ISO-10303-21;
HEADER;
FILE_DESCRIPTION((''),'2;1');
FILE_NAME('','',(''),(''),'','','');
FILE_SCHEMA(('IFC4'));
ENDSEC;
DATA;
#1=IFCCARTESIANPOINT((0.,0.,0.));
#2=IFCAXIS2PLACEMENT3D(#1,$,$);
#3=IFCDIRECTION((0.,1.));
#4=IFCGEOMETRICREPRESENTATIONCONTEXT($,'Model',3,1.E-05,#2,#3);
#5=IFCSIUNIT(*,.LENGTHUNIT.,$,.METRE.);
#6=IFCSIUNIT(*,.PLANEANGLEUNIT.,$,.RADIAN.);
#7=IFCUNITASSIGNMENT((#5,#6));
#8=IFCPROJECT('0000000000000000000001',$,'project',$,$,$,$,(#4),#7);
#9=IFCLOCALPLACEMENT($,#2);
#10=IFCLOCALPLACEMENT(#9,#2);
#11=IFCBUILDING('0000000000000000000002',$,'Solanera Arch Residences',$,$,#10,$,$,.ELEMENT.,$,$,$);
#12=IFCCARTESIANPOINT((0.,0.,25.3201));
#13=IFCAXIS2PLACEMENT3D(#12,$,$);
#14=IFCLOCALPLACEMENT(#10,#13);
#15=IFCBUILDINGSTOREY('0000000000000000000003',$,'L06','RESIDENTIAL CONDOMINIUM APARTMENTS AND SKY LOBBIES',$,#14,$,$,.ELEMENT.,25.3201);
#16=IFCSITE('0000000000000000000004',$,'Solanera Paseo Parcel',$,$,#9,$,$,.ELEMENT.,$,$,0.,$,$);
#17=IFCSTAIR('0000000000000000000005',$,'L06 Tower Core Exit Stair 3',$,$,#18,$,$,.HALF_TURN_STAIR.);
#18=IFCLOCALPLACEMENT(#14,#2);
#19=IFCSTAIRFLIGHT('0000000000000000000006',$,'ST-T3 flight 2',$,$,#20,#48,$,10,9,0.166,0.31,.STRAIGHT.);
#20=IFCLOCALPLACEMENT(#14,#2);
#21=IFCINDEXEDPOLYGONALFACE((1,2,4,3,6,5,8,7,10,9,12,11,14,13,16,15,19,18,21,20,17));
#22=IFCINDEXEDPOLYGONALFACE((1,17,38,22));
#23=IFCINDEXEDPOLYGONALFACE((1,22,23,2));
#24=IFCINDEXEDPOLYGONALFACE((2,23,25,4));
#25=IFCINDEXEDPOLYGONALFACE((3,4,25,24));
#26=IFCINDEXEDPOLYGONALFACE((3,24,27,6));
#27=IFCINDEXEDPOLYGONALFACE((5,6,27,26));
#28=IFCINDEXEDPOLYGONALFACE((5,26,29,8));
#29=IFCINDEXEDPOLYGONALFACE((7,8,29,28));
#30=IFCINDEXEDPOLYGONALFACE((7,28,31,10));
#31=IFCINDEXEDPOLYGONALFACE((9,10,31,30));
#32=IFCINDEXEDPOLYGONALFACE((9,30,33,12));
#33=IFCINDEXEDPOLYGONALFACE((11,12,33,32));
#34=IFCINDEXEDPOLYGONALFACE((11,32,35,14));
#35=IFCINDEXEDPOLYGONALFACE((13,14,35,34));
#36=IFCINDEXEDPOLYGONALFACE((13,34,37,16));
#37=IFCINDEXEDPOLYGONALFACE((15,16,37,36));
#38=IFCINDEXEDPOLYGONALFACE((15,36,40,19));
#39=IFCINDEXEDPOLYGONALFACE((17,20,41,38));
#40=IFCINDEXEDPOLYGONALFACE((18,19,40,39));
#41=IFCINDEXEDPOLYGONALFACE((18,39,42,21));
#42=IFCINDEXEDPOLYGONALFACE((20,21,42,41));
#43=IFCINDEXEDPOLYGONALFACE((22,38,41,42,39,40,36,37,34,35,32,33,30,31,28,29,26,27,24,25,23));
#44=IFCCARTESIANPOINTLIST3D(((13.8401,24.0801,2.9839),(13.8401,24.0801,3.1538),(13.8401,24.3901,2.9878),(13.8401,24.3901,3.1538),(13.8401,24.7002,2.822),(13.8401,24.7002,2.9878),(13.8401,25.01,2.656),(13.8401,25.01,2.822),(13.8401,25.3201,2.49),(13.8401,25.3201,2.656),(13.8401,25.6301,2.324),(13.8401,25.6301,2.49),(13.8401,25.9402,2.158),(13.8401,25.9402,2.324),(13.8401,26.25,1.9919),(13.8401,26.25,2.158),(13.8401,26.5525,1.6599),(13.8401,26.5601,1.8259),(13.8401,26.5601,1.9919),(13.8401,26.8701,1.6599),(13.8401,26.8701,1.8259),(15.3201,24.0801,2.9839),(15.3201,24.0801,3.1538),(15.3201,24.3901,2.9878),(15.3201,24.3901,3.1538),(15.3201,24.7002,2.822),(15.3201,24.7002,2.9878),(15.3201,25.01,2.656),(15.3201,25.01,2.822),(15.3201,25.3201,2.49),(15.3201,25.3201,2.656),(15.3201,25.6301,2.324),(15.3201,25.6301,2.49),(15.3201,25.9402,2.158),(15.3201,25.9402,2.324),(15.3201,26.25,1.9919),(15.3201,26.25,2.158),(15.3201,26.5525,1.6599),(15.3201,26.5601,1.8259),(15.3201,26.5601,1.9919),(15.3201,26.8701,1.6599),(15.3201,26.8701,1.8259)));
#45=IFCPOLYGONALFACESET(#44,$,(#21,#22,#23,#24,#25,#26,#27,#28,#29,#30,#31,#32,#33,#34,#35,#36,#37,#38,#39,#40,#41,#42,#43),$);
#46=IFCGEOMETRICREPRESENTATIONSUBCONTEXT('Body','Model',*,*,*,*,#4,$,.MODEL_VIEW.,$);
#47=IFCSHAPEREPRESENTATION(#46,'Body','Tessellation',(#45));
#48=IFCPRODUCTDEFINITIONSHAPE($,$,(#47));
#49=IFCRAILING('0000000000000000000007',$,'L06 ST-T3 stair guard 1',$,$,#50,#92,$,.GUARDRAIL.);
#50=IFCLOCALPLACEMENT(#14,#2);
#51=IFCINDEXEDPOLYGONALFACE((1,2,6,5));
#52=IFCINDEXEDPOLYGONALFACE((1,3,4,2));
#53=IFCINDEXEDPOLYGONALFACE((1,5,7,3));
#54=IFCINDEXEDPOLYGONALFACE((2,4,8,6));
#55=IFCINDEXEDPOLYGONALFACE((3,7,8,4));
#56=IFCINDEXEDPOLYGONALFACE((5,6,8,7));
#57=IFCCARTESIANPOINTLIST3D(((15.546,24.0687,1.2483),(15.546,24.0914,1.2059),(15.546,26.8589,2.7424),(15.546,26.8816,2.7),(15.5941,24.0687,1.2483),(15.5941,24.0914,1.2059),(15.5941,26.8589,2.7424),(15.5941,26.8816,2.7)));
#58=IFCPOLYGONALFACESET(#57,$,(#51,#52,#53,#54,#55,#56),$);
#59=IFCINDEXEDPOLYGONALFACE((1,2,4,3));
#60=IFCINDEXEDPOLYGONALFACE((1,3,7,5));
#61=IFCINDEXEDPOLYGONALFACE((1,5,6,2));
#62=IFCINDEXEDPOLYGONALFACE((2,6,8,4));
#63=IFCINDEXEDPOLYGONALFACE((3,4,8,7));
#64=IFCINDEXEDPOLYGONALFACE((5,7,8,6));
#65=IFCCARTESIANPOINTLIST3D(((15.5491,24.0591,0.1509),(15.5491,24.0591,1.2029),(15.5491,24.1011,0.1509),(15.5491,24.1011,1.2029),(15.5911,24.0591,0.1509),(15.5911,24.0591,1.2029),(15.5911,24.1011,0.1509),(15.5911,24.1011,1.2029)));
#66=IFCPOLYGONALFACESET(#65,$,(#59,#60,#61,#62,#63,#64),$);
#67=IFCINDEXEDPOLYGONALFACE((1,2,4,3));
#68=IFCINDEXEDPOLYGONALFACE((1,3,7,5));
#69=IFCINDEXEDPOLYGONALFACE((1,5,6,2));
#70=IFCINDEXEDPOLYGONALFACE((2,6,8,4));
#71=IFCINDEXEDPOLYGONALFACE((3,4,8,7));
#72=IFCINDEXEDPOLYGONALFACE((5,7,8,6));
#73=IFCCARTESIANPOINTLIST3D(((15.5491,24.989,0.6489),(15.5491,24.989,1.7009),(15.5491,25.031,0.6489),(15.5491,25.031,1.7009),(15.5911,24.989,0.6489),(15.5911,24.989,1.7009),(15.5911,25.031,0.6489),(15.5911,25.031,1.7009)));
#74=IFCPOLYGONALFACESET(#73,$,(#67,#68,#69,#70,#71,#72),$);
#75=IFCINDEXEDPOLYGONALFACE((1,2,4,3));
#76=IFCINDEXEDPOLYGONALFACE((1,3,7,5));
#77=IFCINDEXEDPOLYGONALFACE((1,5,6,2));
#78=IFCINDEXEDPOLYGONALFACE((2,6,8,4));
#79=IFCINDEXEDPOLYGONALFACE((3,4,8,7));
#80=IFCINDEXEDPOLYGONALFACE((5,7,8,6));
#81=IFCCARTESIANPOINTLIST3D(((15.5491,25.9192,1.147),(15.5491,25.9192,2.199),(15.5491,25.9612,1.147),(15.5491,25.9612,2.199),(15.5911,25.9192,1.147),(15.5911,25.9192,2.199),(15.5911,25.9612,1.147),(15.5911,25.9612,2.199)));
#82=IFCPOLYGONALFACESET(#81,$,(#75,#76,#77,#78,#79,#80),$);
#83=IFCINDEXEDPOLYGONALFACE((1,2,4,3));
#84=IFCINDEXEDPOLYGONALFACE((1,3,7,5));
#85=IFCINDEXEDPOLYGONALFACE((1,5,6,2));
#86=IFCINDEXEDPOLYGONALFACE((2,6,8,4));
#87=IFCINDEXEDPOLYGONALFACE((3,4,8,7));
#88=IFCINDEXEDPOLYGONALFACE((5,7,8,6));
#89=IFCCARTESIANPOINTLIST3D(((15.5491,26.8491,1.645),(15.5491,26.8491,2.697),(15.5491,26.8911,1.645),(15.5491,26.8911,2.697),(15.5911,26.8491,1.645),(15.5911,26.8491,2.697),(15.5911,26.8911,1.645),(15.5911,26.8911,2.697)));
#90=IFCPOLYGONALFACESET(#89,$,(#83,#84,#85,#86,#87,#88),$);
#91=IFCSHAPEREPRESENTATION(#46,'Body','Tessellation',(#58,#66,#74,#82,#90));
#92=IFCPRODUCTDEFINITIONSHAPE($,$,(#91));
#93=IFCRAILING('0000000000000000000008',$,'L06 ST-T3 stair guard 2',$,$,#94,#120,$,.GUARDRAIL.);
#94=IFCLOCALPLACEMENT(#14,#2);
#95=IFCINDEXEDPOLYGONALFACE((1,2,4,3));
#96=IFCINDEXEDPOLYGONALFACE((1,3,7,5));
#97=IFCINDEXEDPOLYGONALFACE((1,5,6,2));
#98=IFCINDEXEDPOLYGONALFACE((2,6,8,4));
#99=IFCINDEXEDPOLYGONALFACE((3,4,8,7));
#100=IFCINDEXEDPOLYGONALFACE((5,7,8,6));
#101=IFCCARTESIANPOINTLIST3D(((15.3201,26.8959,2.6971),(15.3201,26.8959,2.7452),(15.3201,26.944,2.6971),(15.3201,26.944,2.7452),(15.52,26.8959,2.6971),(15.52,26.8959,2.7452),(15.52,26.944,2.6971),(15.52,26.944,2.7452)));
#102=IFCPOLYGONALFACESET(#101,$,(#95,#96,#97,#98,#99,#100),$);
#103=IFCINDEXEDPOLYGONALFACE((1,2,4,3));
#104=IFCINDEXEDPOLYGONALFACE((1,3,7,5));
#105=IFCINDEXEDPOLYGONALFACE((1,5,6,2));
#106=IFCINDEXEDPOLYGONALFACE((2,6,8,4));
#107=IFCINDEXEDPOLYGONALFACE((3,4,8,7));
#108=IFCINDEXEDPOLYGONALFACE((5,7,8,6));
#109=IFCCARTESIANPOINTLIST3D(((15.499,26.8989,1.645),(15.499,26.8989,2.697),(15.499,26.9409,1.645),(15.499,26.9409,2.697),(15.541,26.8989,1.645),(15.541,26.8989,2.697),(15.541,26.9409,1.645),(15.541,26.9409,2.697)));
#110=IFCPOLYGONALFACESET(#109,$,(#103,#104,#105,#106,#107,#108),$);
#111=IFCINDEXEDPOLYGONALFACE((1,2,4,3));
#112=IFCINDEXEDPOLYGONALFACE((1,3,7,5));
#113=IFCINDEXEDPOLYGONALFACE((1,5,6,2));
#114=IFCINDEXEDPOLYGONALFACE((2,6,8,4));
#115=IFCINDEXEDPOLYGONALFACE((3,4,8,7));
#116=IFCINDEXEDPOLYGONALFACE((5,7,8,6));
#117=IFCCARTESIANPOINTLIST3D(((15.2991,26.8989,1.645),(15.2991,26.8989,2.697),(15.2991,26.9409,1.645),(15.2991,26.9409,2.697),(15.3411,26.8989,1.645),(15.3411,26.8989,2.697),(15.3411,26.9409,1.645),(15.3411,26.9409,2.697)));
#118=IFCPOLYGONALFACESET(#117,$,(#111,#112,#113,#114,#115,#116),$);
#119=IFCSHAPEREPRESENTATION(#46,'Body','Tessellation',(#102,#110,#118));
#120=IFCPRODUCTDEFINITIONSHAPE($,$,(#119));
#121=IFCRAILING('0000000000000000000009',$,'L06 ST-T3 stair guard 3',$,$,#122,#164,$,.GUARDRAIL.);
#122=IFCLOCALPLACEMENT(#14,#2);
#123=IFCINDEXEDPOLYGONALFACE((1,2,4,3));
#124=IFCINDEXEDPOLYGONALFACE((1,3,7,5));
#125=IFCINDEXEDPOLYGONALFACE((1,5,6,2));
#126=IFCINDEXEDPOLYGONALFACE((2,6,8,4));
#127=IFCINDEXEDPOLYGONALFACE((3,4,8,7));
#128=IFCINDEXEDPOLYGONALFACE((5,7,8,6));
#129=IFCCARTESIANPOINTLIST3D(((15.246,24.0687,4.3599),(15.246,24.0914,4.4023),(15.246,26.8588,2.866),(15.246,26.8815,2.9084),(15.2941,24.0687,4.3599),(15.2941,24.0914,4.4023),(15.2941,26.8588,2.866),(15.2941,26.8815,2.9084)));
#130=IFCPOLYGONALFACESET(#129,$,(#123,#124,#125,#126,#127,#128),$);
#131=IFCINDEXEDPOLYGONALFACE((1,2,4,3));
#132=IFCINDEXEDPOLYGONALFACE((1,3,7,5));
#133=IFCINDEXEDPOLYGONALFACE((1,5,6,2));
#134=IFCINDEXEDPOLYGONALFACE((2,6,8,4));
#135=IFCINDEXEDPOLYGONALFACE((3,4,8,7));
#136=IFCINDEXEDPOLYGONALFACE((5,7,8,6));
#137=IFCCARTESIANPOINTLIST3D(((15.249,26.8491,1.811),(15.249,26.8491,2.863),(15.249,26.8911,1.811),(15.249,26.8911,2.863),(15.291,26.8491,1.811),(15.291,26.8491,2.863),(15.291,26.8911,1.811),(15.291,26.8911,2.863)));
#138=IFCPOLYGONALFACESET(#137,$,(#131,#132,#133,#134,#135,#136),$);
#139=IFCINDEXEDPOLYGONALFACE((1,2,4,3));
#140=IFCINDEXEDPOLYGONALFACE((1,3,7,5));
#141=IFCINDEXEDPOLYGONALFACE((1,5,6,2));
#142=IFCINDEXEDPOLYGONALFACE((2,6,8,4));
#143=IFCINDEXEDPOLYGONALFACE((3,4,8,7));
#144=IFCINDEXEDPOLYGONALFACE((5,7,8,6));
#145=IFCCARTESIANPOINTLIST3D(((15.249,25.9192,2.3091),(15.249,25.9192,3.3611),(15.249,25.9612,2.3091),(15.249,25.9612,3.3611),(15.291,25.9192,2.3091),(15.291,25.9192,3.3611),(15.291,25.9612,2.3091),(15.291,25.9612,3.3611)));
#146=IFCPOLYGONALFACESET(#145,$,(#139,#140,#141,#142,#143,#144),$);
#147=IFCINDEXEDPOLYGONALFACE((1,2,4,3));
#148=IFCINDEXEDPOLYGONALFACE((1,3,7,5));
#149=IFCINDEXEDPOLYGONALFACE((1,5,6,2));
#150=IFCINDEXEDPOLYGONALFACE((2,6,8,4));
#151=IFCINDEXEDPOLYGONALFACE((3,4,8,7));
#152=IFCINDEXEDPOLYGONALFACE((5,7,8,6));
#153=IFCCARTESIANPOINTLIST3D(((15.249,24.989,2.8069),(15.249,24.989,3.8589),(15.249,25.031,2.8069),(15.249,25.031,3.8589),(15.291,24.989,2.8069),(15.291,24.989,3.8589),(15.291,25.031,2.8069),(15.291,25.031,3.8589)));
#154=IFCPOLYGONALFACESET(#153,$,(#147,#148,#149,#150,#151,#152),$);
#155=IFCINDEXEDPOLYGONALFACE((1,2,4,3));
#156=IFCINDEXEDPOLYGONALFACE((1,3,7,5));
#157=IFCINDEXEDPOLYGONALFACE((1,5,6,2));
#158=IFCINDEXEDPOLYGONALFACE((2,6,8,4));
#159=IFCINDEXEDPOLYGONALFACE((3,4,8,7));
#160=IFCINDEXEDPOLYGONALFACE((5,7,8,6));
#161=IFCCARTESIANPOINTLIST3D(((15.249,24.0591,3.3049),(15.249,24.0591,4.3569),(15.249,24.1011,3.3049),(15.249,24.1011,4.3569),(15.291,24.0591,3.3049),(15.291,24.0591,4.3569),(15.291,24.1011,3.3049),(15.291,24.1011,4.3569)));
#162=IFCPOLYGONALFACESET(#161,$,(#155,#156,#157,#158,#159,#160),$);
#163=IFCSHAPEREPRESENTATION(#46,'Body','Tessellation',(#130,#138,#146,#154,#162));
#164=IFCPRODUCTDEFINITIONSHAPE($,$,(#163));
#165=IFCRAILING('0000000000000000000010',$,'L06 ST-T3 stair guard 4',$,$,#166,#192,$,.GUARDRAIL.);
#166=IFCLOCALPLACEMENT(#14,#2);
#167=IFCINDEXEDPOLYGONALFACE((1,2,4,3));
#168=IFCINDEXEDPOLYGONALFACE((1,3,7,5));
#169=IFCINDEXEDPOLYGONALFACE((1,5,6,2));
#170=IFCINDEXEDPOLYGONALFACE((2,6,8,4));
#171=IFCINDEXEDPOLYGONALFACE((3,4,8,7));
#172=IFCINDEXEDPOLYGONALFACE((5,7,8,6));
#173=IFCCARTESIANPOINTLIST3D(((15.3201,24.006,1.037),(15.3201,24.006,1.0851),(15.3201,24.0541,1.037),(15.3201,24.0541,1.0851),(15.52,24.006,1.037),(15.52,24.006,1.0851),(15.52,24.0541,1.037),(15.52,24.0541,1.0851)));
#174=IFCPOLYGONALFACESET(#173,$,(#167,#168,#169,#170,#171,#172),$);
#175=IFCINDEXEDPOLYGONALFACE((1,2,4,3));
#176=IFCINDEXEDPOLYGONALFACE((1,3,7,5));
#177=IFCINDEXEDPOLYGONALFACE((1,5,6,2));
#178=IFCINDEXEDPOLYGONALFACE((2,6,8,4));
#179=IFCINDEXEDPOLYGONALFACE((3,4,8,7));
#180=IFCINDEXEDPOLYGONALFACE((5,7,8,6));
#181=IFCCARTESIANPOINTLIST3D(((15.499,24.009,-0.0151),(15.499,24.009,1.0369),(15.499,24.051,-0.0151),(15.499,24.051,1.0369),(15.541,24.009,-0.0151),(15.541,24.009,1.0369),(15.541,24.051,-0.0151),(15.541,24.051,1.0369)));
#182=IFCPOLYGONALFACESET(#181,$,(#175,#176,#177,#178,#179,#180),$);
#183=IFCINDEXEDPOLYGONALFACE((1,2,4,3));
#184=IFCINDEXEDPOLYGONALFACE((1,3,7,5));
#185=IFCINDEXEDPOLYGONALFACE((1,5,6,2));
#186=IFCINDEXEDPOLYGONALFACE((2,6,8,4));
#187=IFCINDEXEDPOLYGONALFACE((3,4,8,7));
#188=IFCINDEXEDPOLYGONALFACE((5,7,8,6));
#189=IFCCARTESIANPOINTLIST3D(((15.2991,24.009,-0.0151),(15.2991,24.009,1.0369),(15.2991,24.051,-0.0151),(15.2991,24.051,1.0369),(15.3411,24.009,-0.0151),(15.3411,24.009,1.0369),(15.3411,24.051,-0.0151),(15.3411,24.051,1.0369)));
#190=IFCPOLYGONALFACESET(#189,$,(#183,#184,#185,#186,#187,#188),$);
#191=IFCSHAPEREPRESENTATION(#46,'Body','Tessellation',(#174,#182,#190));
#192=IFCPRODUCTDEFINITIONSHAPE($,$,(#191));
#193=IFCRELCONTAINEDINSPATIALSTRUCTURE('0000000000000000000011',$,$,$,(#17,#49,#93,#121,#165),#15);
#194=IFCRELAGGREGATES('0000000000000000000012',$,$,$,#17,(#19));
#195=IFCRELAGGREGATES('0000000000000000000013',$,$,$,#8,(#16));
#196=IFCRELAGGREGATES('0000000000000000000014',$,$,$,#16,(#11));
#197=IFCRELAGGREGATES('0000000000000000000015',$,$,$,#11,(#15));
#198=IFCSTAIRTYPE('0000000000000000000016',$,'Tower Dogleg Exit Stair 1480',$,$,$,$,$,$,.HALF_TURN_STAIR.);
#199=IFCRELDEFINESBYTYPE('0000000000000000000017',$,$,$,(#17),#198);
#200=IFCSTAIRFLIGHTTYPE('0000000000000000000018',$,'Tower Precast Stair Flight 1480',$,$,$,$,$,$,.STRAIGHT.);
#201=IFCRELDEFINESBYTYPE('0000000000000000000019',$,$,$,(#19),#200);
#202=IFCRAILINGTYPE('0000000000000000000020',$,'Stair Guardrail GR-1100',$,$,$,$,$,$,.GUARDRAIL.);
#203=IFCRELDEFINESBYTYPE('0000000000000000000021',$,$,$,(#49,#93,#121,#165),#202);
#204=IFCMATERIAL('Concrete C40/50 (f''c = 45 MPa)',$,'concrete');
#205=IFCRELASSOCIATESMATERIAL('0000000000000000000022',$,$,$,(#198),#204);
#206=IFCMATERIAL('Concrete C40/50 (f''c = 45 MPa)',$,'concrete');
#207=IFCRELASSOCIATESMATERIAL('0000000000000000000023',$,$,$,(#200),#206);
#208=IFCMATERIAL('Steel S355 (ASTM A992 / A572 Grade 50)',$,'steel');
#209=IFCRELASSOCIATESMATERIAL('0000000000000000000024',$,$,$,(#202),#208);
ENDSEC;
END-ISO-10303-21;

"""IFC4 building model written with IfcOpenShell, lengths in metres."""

from ifc_helpers import new_model, si_unit, direction, frame, origin, origin_2d, place, context, subcontext, project, spatial, polyline, rectangle, outline, extrude, material, type_object, element, aggregate, save


model = new_model("IFC4")

# Units and contexts
model_context = context("Model", 3, precision=1e-05, world=origin(), true_north=direction((0.0, 1.0)))
body_context = subcontext(model_context, "Body", "Model", "MODEL_VIEW")
ifc_project = project(units=[si_unit("LENGTHUNIT", "METRE"), si_unit("PLANEANGLEUNIT", "RADIAN")], contexts=[model_context])

# Site, building, storey
site_placement = place(None, origin())
site = spatial("IfcSite", under=ifc_project, at=site_placement, Name="Solanera Paseo Parcel", CompositionType="ELEMENT", RefElevation=0.0)
building_placement = place(site_placement, origin())
building = spatial("IfcBuilding", under=site, at=building_placement, Name="Solanera Arch Residences", CompositionType="ELEMENT")
storey_placement = place(building_placement, frame((0.0, 0.0, 25.3201)))
storey = spatial("IfcBuildingStorey", under=building, at=storey_placement, Name="L06", Description="RESIDENTIAL CONDOMINIUM APARTMENTS AND SKY LOBBIES", CompositionType="ELEMENT", Elevation=25.3201)

# Stair, stair flight
ifc_material_1 = material(Name="Concrete C40/50 (f'c = 45 MPa)", Category="concrete")
stair_type = type_object("IfcStairType", Name="Tower Dogleg Exit Stair 1480", PredefinedType="HALF_TURN_STAIR", material=ifc_material_1)
stair_placement = place(storey_placement, origin())
stair = element("IfcStair", 1, at=stair_placement, inside=storey, type_object=stair_type, Name="L06 Tower Core Exit Stair 3", PredefinedType="HALF_TURN_STAIR")
ifc_material_2 = material(Name="Concrete C40/50 (f'c = 45 MPa)", Category="concrete")
stair_flight_type = type_object("IfcStairFlightType", Name="Tower Precast Stair Flight 1480", PredefinedType="STRAIGHT", material=ifc_material_2)
stair_flight_1_placement = place(storey_placement, frame((14.5801, 26.8701, 1.6599), z_axis=(0.0, 0.0, 1.0), x_axis=(0.0, -1.0, 0.0)))
stair_flight_1 = element("IfcStairFlight", 2, at=stair_flight_1_placement, type_object=stair_flight_type, Name="ST-T3 flight 2", NumberOfRisers=10, NumberOfTreads=9, PredefinedType="STRAIGHT", RiserHeight=0.166, TreadLength=0.31, context=body_context, shape_type="SweptSolid", body=[
    extrude(outline(polyline([(0.0, 0.0), (0.0, 0.166), (0.3101, 0.166), (0.3101, 0.332), (0.6201, 0.332), (0.6201, 0.498), (0.9299, 0.498), (0.9299, 0.6641), (1.24, 0.6641), (1.24, 0.8301), (1.55, 0.8301), (1.55, 0.9961), (1.8601, 0.9961), (1.8601, 1.1621), (2.1699, 1.1621), (2.1699, 1.3279), (2.48, 1.3279), (2.48, 1.4939), (2.79, 1.4939), (2.79, 1.6599), (2.79, 1.324), (0.3176, 0.0), (0.0, 0.0)])), frame((0.0, 0.74, 0.0), z_axis=(0.0, -1.0, 0.0), x_axis=(1.0, 0.0, 0.0)), (0.0, 0.0, 1.0), 1.48),
])
aggregate(stair, [stair_flight_1])

# Railings
ifc_material_3 = material(Name="Steel S355 (ASTM A992 / A572 Grade 50)", Category="steel")
railing_type_1 = type_object("IfcRailingType", Name="Stair Guardrail GR-1100", PredefinedType="GUARDRAIL", material=ifc_material_3)
railing_1_placement = place(storey_placement, frame((15.5701, 24.0801, 0.1509)))
element("IfcRailing", 3, at=railing_1_placement, inside=storey, type_object=railing_type_1, Name="L06 ST-T3 stair guard 1", PredefinedType="GUARDRAIL", context=body_context, shape_type="SweptSolid", body=[
    extrude(rectangle(XDim=0.0481, YDim=0.0481, at=origin_2d()), frame((0.0, 0.0, 1.0762), z_axis=(0.0, 0.881549, 0.472093), x_axis=(-1.0, 0.0, 0.0)), (0.0, 0.0, 1.0), 3.165),
    extrude(rectangle(XDim=0.042, YDim=0.042, at=origin_2d()), origin(), (0.0, 0.0, 1.0), 1.052),
    extrude(rectangle(XDim=0.042, YDim=0.042, at=origin_2d()), frame((0.0, 0.9299, 0.498)), (0.0, 0.0, 1.0), 1.052),
    extrude(rectangle(XDim=0.042, YDim=0.042, at=origin_2d()), frame((0.0, 1.8601, 0.9961)), (0.0, 0.0, 1.0), 1.052),
    extrude(rectangle(XDim=0.042, YDim=0.042, at=origin_2d()), frame((0.0, 2.79, 1.4941)), (0.0, 0.0, 1.0), 1.052),
])
railing_2_placement = place(storey_placement, frame((15.52, 26.9199, 1.645)))
element("IfcRailing", 4, at=railing_2_placement, inside=storey, type_object=railing_type_1, Name="L06 ST-T3 stair guard 2", PredefinedType="GUARDRAIL", context=body_context, shape_type="SweptSolid", body=[
    extrude(rectangle(XDim=0.0481, YDim=0.0481, at=origin_2d()), frame((0.0, 0.0, 1.0762), z_axis=(-1.0, 0.0, 0.0), x_axis=(0.0, -1.0, 0.0)), (0.0, 0.0, 1.0), 0.2),
    extrude(rectangle(XDim=0.042, YDim=0.042, at=origin_2d()), origin(), (0.0, 0.0, 1.0), 1.052),
    extrude(rectangle(XDim=0.042, YDim=0.042, at=origin_2d()), frame((-0.2, 0.0, 0.0)), (0.0, 0.0, 1.0), 1.052),
])
railing_3_placement = place(storey_placement, frame((15.27, 26.8701, 1.811)))
element("IfcRailing", 5, at=railing_3_placement, inside=storey, type_object=railing_type_1, Name="L06 ST-T3 stair guard 3", PredefinedType="GUARDRAIL", context=body_context, shape_type="SweptSolid", body=[
    extrude(rectangle(XDim=0.0481, YDim=0.0481, at=origin_2d()), frame((0.0, 0.0, 1.0762), z_axis=(0.0, -0.881581, 0.472033), x_axis=(1.0, 0.0, 0.0)), (0.0, 0.0, 1.0), 3.1648),
    extrude(rectangle(XDim=0.042, YDim=0.042, at=origin_2d()), origin(), (0.0, 0.0, 1.0), 1.052),
    extrude(rectangle(XDim=0.042, YDim=0.042, at=origin_2d()), frame((0.0, -0.9299, 0.498)), (0.0, 0.0, 1.0), 1.052),
    extrude(rectangle(XDim=0.042, YDim=0.042, at=origin_2d()), frame((0.0, -1.8601, 0.9958)), (0.0, 0.0, 1.0), 1.052),
    extrude(rectangle(XDim=0.042, YDim=0.042, at=origin_2d()), frame((0.0, -2.79, 1.4939)), (0.0, 0.0, 1.0), 1.052),
])
railing_4_placement = place(storey_placement, frame((15.52, 24.03, -0.0151)))
element("IfcRailing", 6, at=railing_4_placement, inside=storey, type_object=railing_type_1, Name="L06 ST-T3 stair guard 4", PredefinedType="GUARDRAIL", context=body_context, shape_type="SweptSolid", body=[
    extrude(rectangle(XDim=0.0481, YDim=0.0481, at=origin_2d()), frame((0.0, 0.0, 1.0762), z_axis=(-1.0, 0.0, 0.0), x_axis=(0.0, -1.0, 0.0)), (0.0, 0.0, 1.0), 0.2),
    extrude(rectangle(XDim=0.042, YDim=0.042, at=origin_2d()), origin(), (0.0, 0.0, 1.0), 1.052),
    extrude(rectangle(XDim=0.042, YDim=0.042, at=origin_2d()), frame((-0.2, 0.0, 0.0)), (0.0, 0.0, 1.0), 1.052),
])

save(model, "model.ifc")
